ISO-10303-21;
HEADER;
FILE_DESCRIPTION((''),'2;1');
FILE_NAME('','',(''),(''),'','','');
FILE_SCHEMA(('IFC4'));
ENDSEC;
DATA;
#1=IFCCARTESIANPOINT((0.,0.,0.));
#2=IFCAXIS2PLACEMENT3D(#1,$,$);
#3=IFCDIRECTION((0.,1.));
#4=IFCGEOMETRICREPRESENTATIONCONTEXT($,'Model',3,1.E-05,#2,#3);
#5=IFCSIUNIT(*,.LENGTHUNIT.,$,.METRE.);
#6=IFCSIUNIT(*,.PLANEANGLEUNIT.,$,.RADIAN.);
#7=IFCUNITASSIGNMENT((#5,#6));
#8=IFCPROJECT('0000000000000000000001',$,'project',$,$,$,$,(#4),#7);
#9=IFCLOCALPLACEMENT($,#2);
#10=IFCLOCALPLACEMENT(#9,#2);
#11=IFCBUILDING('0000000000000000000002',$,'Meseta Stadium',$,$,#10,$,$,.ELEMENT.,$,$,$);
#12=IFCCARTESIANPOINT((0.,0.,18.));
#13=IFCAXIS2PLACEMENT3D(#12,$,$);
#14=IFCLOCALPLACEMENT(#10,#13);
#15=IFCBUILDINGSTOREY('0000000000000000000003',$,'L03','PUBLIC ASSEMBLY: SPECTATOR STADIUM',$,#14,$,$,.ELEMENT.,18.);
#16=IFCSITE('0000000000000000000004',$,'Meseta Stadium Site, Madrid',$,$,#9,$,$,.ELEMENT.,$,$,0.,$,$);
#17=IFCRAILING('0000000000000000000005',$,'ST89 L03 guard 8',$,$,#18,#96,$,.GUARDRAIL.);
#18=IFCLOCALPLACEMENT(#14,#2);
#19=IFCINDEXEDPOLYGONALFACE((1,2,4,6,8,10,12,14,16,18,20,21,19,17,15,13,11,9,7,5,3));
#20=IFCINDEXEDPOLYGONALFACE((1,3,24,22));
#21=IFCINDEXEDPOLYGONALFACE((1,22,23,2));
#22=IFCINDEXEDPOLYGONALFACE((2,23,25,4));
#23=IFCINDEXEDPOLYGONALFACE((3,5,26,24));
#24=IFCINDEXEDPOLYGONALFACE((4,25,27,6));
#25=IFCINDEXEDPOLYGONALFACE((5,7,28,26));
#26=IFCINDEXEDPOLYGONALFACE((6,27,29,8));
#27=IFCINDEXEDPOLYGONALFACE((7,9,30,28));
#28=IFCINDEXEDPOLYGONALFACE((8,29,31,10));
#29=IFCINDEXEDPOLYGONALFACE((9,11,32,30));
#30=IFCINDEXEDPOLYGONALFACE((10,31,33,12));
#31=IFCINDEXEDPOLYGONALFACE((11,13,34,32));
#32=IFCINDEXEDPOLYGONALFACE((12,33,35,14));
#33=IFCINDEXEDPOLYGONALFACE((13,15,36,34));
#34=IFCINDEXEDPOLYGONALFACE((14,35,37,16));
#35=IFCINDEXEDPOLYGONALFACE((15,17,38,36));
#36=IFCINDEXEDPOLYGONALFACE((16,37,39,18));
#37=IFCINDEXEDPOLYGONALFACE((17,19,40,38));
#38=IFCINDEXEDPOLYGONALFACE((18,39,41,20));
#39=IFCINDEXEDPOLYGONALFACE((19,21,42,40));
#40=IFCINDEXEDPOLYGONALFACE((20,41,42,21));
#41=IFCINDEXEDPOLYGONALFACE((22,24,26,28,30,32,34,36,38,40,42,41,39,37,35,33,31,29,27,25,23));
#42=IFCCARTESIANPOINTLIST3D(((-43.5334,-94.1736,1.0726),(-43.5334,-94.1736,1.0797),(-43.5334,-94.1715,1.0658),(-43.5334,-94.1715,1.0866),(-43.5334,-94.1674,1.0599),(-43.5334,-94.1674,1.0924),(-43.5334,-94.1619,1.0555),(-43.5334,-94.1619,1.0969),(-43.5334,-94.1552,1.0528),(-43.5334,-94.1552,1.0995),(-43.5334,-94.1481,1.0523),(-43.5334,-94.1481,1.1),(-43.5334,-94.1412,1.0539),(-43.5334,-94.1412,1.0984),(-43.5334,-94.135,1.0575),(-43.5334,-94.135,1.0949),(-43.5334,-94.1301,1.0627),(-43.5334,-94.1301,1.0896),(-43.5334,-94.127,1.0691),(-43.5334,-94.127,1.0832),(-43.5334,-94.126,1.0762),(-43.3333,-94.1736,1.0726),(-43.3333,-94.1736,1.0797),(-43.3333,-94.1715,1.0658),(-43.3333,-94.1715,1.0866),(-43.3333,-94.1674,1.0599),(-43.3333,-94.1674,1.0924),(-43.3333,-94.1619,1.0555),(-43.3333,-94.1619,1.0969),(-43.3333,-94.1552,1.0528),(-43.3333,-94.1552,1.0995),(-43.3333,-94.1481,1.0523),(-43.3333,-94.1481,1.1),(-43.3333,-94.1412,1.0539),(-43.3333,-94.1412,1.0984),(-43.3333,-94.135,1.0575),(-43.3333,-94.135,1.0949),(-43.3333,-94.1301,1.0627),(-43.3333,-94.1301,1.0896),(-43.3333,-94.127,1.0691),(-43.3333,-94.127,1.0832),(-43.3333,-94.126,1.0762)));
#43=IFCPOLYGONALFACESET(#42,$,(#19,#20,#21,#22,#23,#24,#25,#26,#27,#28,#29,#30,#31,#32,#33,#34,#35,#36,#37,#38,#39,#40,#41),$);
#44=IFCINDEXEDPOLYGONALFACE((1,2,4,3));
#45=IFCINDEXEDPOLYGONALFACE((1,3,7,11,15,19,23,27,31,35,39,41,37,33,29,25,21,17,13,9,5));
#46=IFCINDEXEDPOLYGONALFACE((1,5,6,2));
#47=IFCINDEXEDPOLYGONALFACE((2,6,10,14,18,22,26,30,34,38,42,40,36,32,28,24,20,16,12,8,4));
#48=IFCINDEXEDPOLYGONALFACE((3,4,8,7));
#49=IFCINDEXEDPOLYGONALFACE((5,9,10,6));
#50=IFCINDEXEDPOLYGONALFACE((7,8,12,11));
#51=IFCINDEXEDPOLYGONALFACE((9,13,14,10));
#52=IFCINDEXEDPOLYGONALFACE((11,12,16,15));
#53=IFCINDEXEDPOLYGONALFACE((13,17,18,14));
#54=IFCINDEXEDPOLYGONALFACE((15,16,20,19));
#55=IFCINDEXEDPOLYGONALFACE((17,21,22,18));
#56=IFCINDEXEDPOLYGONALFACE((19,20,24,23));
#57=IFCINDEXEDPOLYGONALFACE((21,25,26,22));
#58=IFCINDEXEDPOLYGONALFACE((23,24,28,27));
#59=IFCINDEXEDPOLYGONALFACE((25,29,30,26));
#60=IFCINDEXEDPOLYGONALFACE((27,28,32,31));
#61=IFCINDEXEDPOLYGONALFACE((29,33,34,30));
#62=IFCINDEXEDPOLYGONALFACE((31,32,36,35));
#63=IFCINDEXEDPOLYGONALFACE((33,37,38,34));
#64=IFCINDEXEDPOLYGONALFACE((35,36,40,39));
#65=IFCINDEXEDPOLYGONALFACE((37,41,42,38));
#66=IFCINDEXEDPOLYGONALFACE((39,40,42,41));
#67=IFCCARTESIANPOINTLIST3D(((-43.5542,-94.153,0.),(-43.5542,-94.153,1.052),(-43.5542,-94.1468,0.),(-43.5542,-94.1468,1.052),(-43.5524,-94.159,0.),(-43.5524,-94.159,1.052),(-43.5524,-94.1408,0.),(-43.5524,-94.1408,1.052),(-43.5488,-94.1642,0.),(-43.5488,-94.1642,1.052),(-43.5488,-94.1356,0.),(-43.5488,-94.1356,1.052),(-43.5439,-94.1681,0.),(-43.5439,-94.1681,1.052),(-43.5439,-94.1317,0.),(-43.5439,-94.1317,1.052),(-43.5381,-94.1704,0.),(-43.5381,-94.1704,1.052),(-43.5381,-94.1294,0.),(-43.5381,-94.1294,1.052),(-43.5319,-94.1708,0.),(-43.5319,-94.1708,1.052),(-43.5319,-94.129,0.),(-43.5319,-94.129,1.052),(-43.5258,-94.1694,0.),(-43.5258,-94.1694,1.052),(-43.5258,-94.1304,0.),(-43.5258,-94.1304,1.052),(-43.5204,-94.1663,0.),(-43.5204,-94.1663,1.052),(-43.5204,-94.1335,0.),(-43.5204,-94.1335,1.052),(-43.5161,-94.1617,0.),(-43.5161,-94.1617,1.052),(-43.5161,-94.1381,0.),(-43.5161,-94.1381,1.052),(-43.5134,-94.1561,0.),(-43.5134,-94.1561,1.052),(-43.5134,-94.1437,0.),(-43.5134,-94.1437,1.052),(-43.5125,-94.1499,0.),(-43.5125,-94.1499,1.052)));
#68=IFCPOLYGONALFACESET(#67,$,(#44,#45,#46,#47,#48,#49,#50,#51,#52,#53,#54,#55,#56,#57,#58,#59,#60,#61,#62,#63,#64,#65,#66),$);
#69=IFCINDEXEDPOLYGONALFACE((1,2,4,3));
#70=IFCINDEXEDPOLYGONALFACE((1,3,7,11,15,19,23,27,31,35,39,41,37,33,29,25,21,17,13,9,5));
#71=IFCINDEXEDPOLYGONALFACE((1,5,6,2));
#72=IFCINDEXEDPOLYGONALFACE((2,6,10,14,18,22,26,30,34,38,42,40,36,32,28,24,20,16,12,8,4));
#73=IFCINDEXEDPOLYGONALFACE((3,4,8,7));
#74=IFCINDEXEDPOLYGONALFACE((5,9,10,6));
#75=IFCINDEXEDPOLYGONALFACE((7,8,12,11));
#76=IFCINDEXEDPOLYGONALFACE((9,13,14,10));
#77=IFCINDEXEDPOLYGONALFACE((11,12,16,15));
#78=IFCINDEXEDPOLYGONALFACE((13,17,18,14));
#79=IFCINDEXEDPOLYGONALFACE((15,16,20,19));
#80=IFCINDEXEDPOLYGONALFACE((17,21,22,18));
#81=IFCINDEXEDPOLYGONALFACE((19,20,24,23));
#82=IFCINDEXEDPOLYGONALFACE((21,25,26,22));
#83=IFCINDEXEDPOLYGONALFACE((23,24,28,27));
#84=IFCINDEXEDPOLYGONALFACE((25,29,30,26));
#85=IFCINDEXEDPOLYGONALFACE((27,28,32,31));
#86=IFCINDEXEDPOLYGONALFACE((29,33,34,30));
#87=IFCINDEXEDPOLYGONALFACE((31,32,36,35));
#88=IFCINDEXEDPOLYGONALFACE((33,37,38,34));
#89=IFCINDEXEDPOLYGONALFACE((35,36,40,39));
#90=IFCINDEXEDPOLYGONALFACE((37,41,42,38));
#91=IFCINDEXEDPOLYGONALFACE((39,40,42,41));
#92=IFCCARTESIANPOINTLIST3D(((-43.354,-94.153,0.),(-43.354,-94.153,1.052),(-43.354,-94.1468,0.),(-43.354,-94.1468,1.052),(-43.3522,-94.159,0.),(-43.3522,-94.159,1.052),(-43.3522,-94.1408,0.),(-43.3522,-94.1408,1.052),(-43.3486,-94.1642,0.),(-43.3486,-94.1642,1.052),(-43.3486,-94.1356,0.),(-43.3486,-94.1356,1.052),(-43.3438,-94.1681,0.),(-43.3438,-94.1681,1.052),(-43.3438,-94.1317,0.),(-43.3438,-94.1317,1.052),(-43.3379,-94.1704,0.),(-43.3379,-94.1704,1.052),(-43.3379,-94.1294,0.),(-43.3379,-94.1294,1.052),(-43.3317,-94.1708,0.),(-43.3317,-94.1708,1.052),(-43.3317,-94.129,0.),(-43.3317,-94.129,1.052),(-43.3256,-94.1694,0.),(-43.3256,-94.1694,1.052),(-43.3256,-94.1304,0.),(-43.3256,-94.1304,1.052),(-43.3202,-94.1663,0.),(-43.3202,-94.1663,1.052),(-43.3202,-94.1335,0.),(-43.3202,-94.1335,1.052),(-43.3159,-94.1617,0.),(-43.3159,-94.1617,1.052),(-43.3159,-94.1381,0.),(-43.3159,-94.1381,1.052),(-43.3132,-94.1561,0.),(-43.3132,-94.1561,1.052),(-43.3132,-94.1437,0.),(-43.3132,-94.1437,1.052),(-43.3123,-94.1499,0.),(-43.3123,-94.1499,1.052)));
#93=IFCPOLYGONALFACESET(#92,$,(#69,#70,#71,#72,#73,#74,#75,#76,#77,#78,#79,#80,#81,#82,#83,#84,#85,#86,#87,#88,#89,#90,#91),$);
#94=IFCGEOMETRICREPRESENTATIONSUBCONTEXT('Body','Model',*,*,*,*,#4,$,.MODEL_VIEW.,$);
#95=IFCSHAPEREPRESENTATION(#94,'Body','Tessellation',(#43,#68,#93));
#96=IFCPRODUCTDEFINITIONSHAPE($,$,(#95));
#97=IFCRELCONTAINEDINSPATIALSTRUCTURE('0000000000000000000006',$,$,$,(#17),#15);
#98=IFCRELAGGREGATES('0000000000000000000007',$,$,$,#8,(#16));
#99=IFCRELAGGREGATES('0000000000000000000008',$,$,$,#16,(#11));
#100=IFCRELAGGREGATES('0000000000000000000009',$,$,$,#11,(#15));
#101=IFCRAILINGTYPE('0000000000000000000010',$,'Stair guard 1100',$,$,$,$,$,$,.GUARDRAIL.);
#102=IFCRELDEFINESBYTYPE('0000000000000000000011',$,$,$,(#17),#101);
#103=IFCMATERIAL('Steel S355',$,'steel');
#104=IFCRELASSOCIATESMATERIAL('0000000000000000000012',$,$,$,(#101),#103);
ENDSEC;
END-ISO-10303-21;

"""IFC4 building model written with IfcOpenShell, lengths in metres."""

from ifc_helpers import new_model, si_unit, direction, frame, origin, origin_2d, place, context, subcontext, project, spatial, circle, extrude, material, type_object, element, save


model = new_model("IFC4")

# Units and contexts
model_context = context("Model", 3, precision=1e-05, world=origin(), true_north=direction((0.0, 1.0)))
body_context = subcontext(model_context, "Body", "Model", "MODEL_VIEW")
ifc_project = project(units=[si_unit("LENGTHUNIT", "METRE"), si_unit("PLANEANGLEUNIT", "RADIAN")], contexts=[model_context])

# Site, building, storey
site_placement = place(None, origin())
site = spatial("IfcSite", under=ifc_project, at=site_placement, Name="Meseta Stadium Site, Madrid", CompositionType="ELEMENT", RefElevation=0.0)
building_placement = place(site_placement, origin())
building = spatial("IfcBuilding", under=site, at=building_placement, Name="Meseta Stadium", CompositionType="ELEMENT")
storey_placement = place(building_placement, frame((0.0, 0.0, 18.0)))
storey = spatial("IfcBuildingStorey", under=building, at=storey_placement, Name="L03", Description="PUBLIC ASSEMBLY: SPECTATOR STADIUM", CompositionType="ELEMENT", Elevation=18.0)

# Railing
ifc_material_1 = material(Name="Steel S355", Category="steel")
railing_type_1 = type_object("IfcRailingType", Name="Stair guard 1100", PredefinedType="GUARDRAIL", material=ifc_material_1)
for number, where, name in (
    (1, (-43.5334, -94.1499, 0.0), "ST89 L03 guard 8"),
):
    element("IfcRailing", number, at=place(storey_placement, frame(where)), inside=storey, type_object=railing_type_1, Name=name, PredefinedType="GUARDRAIL", context=body_context, shape_type="SweptSolid", body=[
        extrude(circle(Radius=0.0239, at=origin_2d()), frame((0.0, 0.0, 1.0762), z_axis=(1.0, 0.0, 0.0), x_axis=(0.0, 1.0, 0.0)), (0.0, 0.0, 1.0), 0.2002),
        extrude(circle(Radius=0.021, at=origin_2d()), origin(), (0.0, 0.0, 1.0), 1.052),
        extrude(circle(Radius=0.021, at=origin_2d()), frame((0.2002, 0.0, 0.0)), (0.0, 0.0, 1.0), 1.052),
    ])

save(model, "model.ifc")
